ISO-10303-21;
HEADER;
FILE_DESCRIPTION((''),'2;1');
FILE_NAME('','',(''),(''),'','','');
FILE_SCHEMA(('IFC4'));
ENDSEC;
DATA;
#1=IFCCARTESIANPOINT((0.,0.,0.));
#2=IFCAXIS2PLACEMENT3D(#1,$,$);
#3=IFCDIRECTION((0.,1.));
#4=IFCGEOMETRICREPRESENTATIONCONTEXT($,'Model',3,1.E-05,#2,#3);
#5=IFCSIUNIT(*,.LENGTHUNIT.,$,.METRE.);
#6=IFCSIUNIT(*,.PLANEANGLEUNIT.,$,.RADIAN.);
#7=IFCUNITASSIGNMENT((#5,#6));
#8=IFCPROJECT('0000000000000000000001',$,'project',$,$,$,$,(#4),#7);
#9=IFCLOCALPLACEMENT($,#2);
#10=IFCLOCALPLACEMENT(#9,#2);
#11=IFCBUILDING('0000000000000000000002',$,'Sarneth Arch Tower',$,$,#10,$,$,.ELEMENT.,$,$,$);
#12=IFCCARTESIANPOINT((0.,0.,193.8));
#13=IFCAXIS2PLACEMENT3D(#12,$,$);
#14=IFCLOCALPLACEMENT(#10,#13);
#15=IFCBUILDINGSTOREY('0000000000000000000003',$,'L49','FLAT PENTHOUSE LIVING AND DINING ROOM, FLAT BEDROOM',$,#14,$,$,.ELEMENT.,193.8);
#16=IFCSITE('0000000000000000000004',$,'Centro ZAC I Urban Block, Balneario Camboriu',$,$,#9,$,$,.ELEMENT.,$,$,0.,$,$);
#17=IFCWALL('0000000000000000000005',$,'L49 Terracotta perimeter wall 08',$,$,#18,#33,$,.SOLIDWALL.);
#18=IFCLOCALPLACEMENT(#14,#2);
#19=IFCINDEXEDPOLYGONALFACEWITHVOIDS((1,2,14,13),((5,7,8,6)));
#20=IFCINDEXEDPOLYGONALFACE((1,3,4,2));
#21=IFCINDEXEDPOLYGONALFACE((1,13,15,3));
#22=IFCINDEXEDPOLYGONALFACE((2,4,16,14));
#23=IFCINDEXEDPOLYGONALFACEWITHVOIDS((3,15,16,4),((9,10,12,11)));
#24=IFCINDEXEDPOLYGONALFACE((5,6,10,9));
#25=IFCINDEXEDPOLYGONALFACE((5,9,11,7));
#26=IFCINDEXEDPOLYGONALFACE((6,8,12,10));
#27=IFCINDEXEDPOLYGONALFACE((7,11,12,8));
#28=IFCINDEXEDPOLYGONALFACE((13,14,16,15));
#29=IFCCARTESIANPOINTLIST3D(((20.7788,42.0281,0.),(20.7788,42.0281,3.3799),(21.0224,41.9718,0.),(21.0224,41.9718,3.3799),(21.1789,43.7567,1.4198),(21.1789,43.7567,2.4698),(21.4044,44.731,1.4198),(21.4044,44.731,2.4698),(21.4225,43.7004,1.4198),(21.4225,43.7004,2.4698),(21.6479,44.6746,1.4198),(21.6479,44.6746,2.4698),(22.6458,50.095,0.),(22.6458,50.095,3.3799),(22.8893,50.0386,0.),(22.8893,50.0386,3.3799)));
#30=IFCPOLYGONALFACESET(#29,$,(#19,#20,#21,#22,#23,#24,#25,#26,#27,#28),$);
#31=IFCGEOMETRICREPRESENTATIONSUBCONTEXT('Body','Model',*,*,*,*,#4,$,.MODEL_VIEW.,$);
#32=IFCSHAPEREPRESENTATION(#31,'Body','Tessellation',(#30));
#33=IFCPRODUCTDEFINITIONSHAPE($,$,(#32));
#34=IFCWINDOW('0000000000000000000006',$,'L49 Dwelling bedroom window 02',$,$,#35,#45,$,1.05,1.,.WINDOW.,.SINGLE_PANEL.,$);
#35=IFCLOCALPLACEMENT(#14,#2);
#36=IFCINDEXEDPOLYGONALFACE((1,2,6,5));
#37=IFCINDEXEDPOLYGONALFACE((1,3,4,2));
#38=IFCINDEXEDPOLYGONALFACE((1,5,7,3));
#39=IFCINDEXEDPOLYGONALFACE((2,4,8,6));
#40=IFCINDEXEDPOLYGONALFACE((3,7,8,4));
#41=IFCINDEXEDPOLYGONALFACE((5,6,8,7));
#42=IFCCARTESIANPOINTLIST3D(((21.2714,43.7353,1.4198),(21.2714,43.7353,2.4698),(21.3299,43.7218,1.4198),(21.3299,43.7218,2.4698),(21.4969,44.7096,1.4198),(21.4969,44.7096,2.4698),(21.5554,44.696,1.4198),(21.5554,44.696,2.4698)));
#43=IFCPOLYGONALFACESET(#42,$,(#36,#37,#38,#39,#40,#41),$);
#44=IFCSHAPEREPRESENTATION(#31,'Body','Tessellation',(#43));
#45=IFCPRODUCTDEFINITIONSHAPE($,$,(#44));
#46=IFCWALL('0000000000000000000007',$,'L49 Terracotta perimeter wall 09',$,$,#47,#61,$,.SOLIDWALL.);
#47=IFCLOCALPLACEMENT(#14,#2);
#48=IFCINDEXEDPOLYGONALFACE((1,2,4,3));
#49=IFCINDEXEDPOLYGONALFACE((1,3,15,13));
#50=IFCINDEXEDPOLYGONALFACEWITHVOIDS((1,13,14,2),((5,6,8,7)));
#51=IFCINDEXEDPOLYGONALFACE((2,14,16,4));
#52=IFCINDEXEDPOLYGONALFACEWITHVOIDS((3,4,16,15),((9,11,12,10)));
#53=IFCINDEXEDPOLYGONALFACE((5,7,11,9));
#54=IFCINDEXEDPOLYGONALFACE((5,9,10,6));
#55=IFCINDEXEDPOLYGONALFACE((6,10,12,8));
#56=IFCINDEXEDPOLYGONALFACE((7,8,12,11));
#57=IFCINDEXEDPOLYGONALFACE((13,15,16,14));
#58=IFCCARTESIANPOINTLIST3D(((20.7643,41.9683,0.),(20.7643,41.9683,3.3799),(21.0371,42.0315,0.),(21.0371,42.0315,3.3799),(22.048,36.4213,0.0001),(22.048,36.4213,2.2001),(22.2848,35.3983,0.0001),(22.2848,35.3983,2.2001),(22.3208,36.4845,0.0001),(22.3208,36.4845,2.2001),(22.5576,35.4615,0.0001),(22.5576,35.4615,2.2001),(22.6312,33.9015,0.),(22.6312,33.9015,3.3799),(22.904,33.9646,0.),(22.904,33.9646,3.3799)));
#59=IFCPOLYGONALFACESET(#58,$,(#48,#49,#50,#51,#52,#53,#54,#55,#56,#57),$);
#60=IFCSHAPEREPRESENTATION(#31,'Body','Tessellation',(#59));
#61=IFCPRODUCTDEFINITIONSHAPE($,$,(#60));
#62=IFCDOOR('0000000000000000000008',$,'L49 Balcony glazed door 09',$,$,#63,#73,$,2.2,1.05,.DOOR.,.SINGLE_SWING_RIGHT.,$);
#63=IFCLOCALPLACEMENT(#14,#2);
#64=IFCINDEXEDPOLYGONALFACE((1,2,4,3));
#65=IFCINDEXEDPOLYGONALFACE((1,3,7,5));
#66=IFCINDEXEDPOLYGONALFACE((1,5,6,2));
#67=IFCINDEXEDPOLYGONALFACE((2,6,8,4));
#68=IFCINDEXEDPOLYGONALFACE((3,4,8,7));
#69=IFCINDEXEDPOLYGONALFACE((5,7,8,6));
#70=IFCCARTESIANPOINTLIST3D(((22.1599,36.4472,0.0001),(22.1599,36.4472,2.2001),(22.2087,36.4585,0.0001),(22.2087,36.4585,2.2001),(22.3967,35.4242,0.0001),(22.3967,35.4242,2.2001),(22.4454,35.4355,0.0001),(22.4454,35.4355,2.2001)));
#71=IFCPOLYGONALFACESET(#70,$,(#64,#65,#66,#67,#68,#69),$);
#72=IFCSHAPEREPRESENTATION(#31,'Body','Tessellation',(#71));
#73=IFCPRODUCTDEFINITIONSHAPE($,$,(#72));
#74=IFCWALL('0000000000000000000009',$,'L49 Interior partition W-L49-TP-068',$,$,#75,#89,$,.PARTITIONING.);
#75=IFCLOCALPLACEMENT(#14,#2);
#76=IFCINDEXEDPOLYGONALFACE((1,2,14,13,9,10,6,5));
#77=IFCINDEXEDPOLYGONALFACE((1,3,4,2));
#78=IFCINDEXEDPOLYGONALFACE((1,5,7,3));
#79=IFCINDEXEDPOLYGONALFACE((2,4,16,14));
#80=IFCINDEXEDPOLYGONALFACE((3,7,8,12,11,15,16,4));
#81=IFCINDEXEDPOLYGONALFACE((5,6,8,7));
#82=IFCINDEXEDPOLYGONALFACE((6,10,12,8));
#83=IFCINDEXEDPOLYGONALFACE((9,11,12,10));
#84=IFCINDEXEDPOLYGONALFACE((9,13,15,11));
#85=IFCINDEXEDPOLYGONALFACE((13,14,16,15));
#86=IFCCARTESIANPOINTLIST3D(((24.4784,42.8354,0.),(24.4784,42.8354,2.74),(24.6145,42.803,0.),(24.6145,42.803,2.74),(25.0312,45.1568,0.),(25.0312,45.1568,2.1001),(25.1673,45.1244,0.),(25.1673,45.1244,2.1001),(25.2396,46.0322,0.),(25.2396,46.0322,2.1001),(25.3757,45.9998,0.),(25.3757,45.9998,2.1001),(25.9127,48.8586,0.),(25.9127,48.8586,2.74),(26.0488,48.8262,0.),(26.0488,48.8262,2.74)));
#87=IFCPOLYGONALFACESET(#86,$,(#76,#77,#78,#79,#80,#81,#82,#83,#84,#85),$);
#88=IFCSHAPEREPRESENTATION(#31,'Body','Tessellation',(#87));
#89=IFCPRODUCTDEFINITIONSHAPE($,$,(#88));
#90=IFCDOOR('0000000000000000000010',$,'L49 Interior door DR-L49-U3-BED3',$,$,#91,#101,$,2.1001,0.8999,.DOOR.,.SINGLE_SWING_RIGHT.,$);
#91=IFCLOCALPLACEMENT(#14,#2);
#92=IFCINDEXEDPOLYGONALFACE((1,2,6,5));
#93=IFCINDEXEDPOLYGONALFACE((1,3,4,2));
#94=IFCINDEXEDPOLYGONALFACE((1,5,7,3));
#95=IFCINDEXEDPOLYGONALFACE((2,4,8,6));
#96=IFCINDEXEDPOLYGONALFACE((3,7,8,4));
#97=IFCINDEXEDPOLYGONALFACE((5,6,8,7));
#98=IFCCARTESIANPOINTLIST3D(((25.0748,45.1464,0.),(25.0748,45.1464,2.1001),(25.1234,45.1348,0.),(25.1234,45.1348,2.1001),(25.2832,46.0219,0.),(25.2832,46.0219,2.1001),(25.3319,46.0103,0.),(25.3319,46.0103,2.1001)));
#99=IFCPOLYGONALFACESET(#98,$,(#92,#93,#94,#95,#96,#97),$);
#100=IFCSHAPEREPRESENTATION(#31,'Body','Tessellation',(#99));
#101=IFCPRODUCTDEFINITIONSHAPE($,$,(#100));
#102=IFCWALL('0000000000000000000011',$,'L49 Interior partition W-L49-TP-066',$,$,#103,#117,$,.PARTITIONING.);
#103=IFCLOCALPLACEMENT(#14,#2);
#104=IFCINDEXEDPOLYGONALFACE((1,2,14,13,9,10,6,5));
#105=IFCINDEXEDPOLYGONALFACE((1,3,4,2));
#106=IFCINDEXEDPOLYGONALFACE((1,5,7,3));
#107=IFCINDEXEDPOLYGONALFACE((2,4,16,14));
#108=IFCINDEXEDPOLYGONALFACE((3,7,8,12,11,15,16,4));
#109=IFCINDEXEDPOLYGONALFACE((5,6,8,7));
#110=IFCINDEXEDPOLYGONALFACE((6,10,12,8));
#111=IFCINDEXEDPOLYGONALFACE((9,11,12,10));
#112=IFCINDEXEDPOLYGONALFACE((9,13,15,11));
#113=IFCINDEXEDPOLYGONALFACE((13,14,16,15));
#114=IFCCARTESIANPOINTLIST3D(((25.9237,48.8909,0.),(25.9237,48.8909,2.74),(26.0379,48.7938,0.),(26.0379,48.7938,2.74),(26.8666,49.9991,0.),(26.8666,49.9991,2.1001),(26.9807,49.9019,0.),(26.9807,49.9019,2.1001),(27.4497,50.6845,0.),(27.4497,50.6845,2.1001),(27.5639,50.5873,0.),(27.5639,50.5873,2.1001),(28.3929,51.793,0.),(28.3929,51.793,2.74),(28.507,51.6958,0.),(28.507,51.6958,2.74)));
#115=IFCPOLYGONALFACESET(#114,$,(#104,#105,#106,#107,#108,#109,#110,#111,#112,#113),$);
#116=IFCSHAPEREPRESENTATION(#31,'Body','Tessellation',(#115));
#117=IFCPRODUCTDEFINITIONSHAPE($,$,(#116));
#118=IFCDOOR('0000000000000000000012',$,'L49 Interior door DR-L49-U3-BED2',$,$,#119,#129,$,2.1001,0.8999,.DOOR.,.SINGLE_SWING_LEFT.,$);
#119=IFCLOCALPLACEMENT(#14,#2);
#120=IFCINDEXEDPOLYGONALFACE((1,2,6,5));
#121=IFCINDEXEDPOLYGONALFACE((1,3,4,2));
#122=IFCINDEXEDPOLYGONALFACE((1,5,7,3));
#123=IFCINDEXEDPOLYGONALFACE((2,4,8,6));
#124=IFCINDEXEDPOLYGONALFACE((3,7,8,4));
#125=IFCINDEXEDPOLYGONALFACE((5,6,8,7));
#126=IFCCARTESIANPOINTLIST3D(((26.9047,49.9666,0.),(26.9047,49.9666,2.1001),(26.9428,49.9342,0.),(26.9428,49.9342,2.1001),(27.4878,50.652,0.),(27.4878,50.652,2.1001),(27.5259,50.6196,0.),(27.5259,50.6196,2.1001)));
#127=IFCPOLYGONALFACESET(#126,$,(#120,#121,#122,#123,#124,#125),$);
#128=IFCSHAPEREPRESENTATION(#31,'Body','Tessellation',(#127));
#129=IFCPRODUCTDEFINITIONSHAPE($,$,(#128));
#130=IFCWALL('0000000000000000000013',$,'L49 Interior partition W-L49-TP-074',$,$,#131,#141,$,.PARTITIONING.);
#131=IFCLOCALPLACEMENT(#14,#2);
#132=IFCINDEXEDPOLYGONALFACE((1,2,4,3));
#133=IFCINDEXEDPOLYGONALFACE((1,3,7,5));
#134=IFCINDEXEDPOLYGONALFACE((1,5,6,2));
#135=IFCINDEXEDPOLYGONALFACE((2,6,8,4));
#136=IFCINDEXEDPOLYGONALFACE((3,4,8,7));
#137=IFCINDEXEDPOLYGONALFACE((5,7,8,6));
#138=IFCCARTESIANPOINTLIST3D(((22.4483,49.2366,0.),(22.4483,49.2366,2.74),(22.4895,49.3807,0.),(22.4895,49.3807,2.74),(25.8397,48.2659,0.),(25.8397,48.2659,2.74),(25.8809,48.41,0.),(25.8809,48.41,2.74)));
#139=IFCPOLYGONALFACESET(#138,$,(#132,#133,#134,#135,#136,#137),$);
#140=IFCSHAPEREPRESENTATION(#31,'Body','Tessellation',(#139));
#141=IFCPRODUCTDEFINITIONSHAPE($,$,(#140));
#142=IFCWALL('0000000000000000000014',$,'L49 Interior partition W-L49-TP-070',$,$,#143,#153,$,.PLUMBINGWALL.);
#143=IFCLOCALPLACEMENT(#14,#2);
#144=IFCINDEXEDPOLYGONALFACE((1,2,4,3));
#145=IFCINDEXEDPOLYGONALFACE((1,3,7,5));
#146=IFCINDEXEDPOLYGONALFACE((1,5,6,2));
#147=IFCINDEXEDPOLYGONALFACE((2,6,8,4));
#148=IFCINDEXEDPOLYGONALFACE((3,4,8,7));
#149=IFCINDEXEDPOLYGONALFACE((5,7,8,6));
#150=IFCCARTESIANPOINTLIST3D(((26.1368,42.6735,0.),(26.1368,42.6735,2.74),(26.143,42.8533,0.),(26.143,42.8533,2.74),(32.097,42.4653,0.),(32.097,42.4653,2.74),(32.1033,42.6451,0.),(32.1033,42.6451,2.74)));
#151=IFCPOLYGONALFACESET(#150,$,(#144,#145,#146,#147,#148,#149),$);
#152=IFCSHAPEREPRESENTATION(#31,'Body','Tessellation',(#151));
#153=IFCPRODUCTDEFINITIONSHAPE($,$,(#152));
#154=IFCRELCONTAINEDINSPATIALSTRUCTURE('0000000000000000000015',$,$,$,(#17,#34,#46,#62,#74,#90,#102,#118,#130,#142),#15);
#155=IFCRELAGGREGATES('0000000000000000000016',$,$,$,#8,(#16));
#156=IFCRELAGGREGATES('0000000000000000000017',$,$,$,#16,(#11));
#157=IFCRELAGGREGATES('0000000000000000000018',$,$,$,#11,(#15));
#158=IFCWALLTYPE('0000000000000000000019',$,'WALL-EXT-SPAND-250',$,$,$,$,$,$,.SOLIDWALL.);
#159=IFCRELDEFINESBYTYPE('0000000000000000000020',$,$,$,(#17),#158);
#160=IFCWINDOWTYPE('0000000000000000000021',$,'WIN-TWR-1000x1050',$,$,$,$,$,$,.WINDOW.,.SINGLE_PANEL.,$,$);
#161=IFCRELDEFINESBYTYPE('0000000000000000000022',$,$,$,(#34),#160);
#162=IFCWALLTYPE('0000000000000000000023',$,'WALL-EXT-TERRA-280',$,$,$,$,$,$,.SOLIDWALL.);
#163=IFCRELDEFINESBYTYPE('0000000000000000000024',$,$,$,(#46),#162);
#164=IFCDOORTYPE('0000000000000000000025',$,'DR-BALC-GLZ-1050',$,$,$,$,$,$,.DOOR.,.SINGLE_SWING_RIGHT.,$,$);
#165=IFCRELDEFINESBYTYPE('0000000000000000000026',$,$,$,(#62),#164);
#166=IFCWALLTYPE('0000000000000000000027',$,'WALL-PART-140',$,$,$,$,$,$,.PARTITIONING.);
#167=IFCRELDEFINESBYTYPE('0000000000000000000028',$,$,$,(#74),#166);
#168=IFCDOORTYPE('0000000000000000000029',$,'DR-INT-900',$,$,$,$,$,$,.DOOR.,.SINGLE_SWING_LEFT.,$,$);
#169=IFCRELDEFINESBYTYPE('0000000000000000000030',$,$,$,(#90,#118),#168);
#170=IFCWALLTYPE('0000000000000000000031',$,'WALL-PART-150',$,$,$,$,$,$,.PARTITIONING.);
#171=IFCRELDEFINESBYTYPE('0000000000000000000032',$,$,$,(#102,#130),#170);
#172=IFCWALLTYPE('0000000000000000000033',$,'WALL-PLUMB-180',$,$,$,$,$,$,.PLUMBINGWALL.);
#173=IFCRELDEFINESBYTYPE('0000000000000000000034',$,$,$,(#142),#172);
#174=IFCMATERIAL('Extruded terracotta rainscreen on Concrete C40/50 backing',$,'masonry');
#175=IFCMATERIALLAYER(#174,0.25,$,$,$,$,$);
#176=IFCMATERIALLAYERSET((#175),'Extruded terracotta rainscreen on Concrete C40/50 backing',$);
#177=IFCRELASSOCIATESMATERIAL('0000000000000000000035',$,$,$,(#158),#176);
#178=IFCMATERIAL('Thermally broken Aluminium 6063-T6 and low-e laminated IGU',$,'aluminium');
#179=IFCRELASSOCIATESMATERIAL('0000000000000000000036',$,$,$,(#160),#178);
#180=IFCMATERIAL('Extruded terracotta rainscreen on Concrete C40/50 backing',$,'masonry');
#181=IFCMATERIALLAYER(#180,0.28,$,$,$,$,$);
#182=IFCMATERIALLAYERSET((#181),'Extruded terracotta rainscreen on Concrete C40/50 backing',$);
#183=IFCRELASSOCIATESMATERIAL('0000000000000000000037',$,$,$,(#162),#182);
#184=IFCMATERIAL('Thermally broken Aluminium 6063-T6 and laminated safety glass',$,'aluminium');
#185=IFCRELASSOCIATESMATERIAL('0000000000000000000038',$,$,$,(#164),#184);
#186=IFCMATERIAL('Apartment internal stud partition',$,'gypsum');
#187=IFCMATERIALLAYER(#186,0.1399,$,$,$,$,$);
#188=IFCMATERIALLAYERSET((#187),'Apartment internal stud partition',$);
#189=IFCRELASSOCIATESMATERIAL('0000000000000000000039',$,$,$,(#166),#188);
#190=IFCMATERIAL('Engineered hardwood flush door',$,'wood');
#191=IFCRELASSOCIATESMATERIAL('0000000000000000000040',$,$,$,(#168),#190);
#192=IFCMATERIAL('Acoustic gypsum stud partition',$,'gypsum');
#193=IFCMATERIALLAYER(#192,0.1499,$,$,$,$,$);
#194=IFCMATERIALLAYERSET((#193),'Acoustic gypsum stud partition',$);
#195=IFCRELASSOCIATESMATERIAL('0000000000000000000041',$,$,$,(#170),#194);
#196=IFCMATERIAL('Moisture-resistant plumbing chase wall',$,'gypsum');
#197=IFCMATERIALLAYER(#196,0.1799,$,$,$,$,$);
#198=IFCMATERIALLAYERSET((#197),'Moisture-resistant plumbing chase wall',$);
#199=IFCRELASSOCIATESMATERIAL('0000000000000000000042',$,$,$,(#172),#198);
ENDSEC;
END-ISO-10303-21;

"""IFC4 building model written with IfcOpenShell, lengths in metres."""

from ifc_helpers import new_model, si_unit, direction, frame, frame_2d, origin, place, context, subcontext, project, spatial, rectangle, extrude, material, layer, layer_set, type_object, element, fill, save


model = new_model("IFC4")

# Units and contexts
model_context = context("Model", 3, precision=1e-05, world=origin(), true_north=direction((0.0, 1.0)))
body_context = subcontext(model_context, "Body", "Model", "MODEL_VIEW")
ifc_project = project(units=[si_unit("LENGTHUNIT", "METRE"), si_unit("PLANEANGLEUNIT", "RADIAN")], contexts=[model_context])

# Site, building, storey
site_placement = place(None, origin())
site = spatial("IfcSite", under=ifc_project, at=site_placement, Name="Centro ZAC I Urban Block, Balneario Camboriu", CompositionType="ELEMENT", RefElevation=0.0)
building_placement = place(site_placement, origin())
building = spatial("IfcBuilding", under=site, at=building_placement, Name="Sarneth Arch Tower", CompositionType="ELEMENT")
storey_placement = place(building_placement, frame((0.0, 0.0, 193.8)))
storey = spatial("IfcBuildingStorey", under=building, at=storey_placement, Name="L49", Description="FLAT PENTHOUSE LIVING AND DINING ROOM, FLAT BEDROOM", CompositionType="ELEMENT", Elevation=193.8)

# Wall, opening, window
ifc_material_1 = material(Name="Extruded terracotta rainscreen on Concrete C40/50 backing", Category="masonry")
ifc_layer_1 = layer(ifc_material_1, 0.25)
ifc_layer_set_1 = layer_set([ifc_layer_1], Name="Extruded terracotta rainscreen on Concrete C40/50 backing")
wall_type_1 = type_object("IfcWallType", Name="WALL-EXT-SPAND-250", PredefinedType="SOLIDWALL", material=ifc_layer_set_1)
wall_1_placement = place(storey_placement, frame((22.7676, 50.0669, 0.0), z_axis=(0.0, 0.0, 1.0), x_axis=(-0.225473, -0.974249, 0.0)))
wall_1 = element("IfcWall", 1, at=wall_1_placement, inside=storey, type_object=wall_type_1, Name="L49 Terracotta perimeter wall 08", PredefinedType="SOLIDWALL", context=body_context, shape_type="SweptSolid", body=[
    extrude(rectangle(XDim=8.28, YDim=0.25, at=frame_2d((4.1401, 0.0))), origin(), (0.0, 0.0, 1.0), 3.3799),
])
opening_1_placement = place(wall_1_placement, frame((5.5059, 0.0, 1.4199)))
opening_1 = element("IfcOpeningElement", 2, at=opening_1_placement, cuts=wall_1, PredefinedType="OPENING", context=body_context, shape_type="SweptSolid", body=[
    extrude(rectangle(XDim=1.0, YDim=1.05, at=frame_2d((0.5, 0.5249))), frame((0.0, 0.135, 0.0), z_axis=(0.0, -1.0, 0.0), x_axis=(1.0, 0.0, 0.0)), (0.0, 0.0, 1.0), 0.27),
])
ifc_material_2 = material(Name="Thermally broken Aluminium 6063-T6 and low-e laminated IGU", Category="aluminium")
window_type = type_object("IfcWindowType", Name="WIN-TWR-1000x1050", PartitioningType="SINGLE_PANEL", PredefinedType="WINDOW", material=ifc_material_2)
window_placement = place(opening_1_placement, origin())
window = element("IfcWindow", 3, at=window_placement, inside=storey, type_object=window_type, Name="L49 Dwelling bedroom window 02", OverallHeight=1.05, OverallWidth=1.0, PartitioningType="SINGLE_PANEL", PredefinedType="WINDOW", context=body_context, shape_type="SweptSolid", body=[
    extrude(rectangle(XDim=1.0, YDim=1.05, at=frame_2d((0.5, 0.5249))), frame((0.0, 0.03, 0.0), z_axis=(0.0, -1.0, 0.0), x_axis=(1.0, 0.0, 0.0)), (0.0, 0.0, 1.0), 0.0601),
])
fill(opening_1, window)

# Walls, openings, doors
ifc_material_3 = material(Name="Extruded terracotta rainscreen on Concrete C40/50 backing", Category="masonry")
ifc_layer_2 = layer(ifc_material_3, 0.28)
ifc_layer_set_2 = layer_set([ifc_layer_2], Name="Extruded terracotta rainscreen on Concrete C40/50 backing")
wall_type_2 = type_object("IfcWallType", Name="WALL-EXT-TERRA-280", PredefinedType="SOLIDWALL", material=ifc_layer_set_2)
wall_2_placement = place(storey_placement, frame((20.9006, 42.0, 0.0), z_axis=(0.0, 0.0, 1.0), x_axis=(0.225473, -0.974249, 0.0)))
wall_2 = element("IfcWall", 4, at=wall_2_placement, inside=storey, type_object=wall_type_2, Name="L49 Terracotta perimeter wall 09", PredefinedType="SOLIDWALL", context=body_context, shape_type="SweptSolid", body=[
    extrude(rectangle(XDim=8.28, YDim=0.28, at=frame_2d((4.1401, 0.0))), origin(), (0.0, 0.0, 1.0), 3.3799),
])
opening_2_placement = place(wall_2_placement, frame((5.6938, 0.0, 0.0)))
opening_2 = element("IfcOpeningElement", 5, at=opening_2_placement, cuts=wall_2, PredefinedType="OPENING", context=body_context, shape_type="SweptSolid", body=[
    extrude(rectangle(XDim=1.05, YDim=2.2, at=frame_2d((0.5249, 1.1001))), frame((0.0, 0.1499, 0.0), z_axis=(0.0, -1.0, 0.0), x_axis=(1.0, 0.0, 0.0)), (0.0, 0.0, 1.0), 0.3),
])
ifc_material_4 = material(Name="Thermally broken Aluminium 6063-T6 and laminated safety glass", Category="aluminium")
door_type_1 = type_object("IfcDoorType", Name="DR-BALC-GLZ-1050", OperationType="SINGLE_SWING_RIGHT", PredefinedType="DOOR", material=ifc_material_4)
door_1_placement = place(opening_2_placement, origin())
door_1 = element("IfcDoor", 6, at=door_1_placement, inside=storey, type_object=door_type_1, Name="L49 Balcony glazed door 09", OperationType="SINGLE_SWING_RIGHT", OverallHeight=2.2, OverallWidth=1.05, PredefinedType="DOOR", context=body_context, shape_type="SweptSolid", body=[
    extrude(rectangle(XDim=1.05, YDim=2.2, at=frame_2d((0.5249, 1.1001))), frame((0.0, 0.0249, 0.0), z_axis=(0.0, -1.0, 0.0), x_axis=(1.0, 0.0, 0.0)), (0.0, 0.0, 1.0), 0.05),
])
fill(opening_2, door_1)
ifc_material_5 = material(Name="Apartment internal stud partition", Category="gypsum")
ifc_layer_3 = layer(ifc_material_5, 0.1399)
ifc_layer_set_3 = layer_set([ifc_layer_3], Name="Apartment internal stud partition")
wall_type_3 = type_object("IfcWallType", Name="WALL-PART-140", PredefinedType="PARTITIONING", material=ifc_layer_set_3)
wall_3_placement = place(storey_placement, frame((25.9807, 48.8423, 0.0), z_axis=(0.0, 0.0, 1.0), x_axis=(-0.231656, -0.972798, 0.0)))
wall_3 = element("IfcWall", 7, at=wall_3_placement, inside=storey, type_object=wall_type_3, Name="L49 Interior partition W-L49-TP-068", PredefinedType="PARTITIONING", context=body_context, shape_type="SweptSolid", body=[
    extrude(rectangle(XDim=6.1917, YDim=0.1399, at=frame_2d((3.0957, 0.0))), origin(), (0.0, 0.0, 1.0), 2.74),
])
opening_3_placement = place(wall_3_placement, frame((2.9053, 0.0, 0.0)))
opening_3 = element("IfcOpeningElement", 8, at=opening_3_placement, cuts=wall_3, PredefinedType="OPENING", context=body_context, shape_type="SweptSolid", body=[
    extrude(rectangle(XDim=0.8999, YDim=2.1001, at=frame_2d((0.45, 1.05))), frame((0.0, 0.0798, 0.0), z_axis=(0.0, -1.0, 0.0), x_axis=(1.0, 0.0, 0.0)), (0.0, 0.0, 1.0), 0.1599),
])
ifc_material_6 = material(Name="Engineered hardwood flush door", Category="wood")
door_type_2 = type_object("IfcDoorType", Name="DR-INT-900", OperationType="SINGLE_SWING_LEFT", PredefinedType="DOOR", material=ifc_material_6)
door_2_placement = place(opening_3_placement, origin())
door_2 = element("IfcDoor", 9, at=door_2_placement, inside=storey, type_object=door_type_2, Name="L49 Interior door DR-L49-U3-BED3", OperationType="SINGLE_SWING_RIGHT", OverallHeight=2.1001, OverallWidth=0.8999, PredefinedType="DOOR", context=body_context, shape_type="SweptSolid", body=[
    extrude(rectangle(XDim=0.8999, YDim=2.1001, at=frame_2d((0.45, 1.05))), frame((0.0, 0.0249, 0.0), z_axis=(0.0, -1.0, 0.0), x_axis=(1.0, 0.0, 0.0)), (0.0, 0.0, 1.0), 0.05),
])
fill(opening_3, door_2)
ifc_material_7 = material(Name="Acoustic gypsum stud partition", Category="gypsum")
ifc_layer_4 = layer(ifc_material_7, 0.1499)
ifc_layer_set_4 = layer_set([ifc_layer_4], Name="Acoustic gypsum stud partition")
wall_type_4 = type_object("IfcWallType", Name="WALL-PART-150", PredefinedType="PARTITIONING", material=ifc_layer_set_4)
wall_4_placement = place(storey_placement, frame((25.9807, 48.8423, 0.0), z_axis=(0.0, 0.0, 1.0), x_axis=(0.648022, 0.761621, 0.0)))
wall_4 = element("IfcWall", 10, at=wall_4_placement, inside=storey, type_object=wall_type_4, Name="L49 Interior partition W-L49-TP-066", PredefinedType="PARTITIONING", context=body_context, shape_type="SweptSolid", body=[
    extrude(rectangle(XDim=3.8103, YDim=0.1499, at=frame_2d((1.9053, 0.0))), origin(), (0.0, 0.0, 1.0), 2.74),
])
opening_4_placement = place(wall_4_placement, frame((1.4551, 0.0, 0.0)))
opening_4 = element("IfcOpeningElement", 11, at=opening_4_placement, cuts=wall_4, PredefinedType="OPENING", context=body_context, shape_type="SweptSolid", body=[
    extrude(rectangle(XDim=0.8999, YDim=2.1001, at=frame_2d((0.45, 1.05))), frame((0.0, 0.085, 0.0), z_axis=(0.0, -1.0, 0.0), x_axis=(1.0, 0.0, 0.0)), (0.0, 0.0, 1.0), 0.1699),
])
door_3_placement = place(opening_4_placement, origin())
door_3 = element("IfcDoor", 12, at=door_3_placement, inside=storey, type_object=door_type_2, Name="L49 Interior door DR-L49-U3-BED2", OperationType="SINGLE_SWING_LEFT", OverallHeight=2.1001, OverallWidth=0.8999, PredefinedType="DOOR", context=body_context, shape_type="SweptSolid", body=[
    extrude(rectangle(XDim=0.8999, YDim=2.1001, at=frame_2d((0.45, 1.05))), frame((0.0, 0.0249, 0.0), z_axis=(0.0, -1.0, 0.0), x_axis=(1.0, 0.0, 0.0)), (0.0, 0.0, 1.0), 0.05),
])
fill(opening_4, door_3)

# Walls
wall_5_placement = place(storey_placement, frame((22.469, 49.3086, 0.0), z_axis=(0.0, 0.0, 1.0), x_axis=(0.961393, -0.275178, 0.0)))
element("IfcWall", 13, at=wall_5_placement, inside=storey, type_object=wall_type_4, Name="L49 Interior partition W-L49-TP-074", PredefinedType="PARTITIONING", context=body_context, shape_type="SweptSolid", body=[
    extrude(rectangle(XDim=3.5276, YDim=0.1499, at=frame_2d((1.7637, 0.0))), origin(), (0.0, 0.0, 1.0), 2.74),
])
ifc_material_8 = material(Name="Moisture-resistant plumbing chase wall", Category="gypsum")
ifc_layer_5 = layer(ifc_material_8, 0.1799)
ifc_layer_set_5 = layer_set([ifc_layer_5], Name="Moisture-resistant plumbing chase wall")
wall_type_5 = type_object("IfcWallType", Name="WALL-PLUMB-180", PredefinedType="PLUMBINGWALL", material=ifc_layer_set_5)
wall_6_placement = place(storey_placement, frame((26.1399, 42.7634, 0.0), z_axis=(0.0, 0.0, 1.0), x_axis=(0.99939, -0.034919, 0.0)))
element("IfcWall", 14, at=wall_6_placement, inside=storey, type_object=wall_type_5, Name="L49 Interior partition W-L49-TP-070", PredefinedType="PLUMBINGWALL", context=body_context, shape_type="SweptSolid", body=[
    extrude(rectangle(XDim=5.9639, YDim=0.1799, at=frame_2d((2.9819, 0.0))), origin(), (0.0, 0.0, 1.0), 2.74),
])

save(model, "model.ifc")
